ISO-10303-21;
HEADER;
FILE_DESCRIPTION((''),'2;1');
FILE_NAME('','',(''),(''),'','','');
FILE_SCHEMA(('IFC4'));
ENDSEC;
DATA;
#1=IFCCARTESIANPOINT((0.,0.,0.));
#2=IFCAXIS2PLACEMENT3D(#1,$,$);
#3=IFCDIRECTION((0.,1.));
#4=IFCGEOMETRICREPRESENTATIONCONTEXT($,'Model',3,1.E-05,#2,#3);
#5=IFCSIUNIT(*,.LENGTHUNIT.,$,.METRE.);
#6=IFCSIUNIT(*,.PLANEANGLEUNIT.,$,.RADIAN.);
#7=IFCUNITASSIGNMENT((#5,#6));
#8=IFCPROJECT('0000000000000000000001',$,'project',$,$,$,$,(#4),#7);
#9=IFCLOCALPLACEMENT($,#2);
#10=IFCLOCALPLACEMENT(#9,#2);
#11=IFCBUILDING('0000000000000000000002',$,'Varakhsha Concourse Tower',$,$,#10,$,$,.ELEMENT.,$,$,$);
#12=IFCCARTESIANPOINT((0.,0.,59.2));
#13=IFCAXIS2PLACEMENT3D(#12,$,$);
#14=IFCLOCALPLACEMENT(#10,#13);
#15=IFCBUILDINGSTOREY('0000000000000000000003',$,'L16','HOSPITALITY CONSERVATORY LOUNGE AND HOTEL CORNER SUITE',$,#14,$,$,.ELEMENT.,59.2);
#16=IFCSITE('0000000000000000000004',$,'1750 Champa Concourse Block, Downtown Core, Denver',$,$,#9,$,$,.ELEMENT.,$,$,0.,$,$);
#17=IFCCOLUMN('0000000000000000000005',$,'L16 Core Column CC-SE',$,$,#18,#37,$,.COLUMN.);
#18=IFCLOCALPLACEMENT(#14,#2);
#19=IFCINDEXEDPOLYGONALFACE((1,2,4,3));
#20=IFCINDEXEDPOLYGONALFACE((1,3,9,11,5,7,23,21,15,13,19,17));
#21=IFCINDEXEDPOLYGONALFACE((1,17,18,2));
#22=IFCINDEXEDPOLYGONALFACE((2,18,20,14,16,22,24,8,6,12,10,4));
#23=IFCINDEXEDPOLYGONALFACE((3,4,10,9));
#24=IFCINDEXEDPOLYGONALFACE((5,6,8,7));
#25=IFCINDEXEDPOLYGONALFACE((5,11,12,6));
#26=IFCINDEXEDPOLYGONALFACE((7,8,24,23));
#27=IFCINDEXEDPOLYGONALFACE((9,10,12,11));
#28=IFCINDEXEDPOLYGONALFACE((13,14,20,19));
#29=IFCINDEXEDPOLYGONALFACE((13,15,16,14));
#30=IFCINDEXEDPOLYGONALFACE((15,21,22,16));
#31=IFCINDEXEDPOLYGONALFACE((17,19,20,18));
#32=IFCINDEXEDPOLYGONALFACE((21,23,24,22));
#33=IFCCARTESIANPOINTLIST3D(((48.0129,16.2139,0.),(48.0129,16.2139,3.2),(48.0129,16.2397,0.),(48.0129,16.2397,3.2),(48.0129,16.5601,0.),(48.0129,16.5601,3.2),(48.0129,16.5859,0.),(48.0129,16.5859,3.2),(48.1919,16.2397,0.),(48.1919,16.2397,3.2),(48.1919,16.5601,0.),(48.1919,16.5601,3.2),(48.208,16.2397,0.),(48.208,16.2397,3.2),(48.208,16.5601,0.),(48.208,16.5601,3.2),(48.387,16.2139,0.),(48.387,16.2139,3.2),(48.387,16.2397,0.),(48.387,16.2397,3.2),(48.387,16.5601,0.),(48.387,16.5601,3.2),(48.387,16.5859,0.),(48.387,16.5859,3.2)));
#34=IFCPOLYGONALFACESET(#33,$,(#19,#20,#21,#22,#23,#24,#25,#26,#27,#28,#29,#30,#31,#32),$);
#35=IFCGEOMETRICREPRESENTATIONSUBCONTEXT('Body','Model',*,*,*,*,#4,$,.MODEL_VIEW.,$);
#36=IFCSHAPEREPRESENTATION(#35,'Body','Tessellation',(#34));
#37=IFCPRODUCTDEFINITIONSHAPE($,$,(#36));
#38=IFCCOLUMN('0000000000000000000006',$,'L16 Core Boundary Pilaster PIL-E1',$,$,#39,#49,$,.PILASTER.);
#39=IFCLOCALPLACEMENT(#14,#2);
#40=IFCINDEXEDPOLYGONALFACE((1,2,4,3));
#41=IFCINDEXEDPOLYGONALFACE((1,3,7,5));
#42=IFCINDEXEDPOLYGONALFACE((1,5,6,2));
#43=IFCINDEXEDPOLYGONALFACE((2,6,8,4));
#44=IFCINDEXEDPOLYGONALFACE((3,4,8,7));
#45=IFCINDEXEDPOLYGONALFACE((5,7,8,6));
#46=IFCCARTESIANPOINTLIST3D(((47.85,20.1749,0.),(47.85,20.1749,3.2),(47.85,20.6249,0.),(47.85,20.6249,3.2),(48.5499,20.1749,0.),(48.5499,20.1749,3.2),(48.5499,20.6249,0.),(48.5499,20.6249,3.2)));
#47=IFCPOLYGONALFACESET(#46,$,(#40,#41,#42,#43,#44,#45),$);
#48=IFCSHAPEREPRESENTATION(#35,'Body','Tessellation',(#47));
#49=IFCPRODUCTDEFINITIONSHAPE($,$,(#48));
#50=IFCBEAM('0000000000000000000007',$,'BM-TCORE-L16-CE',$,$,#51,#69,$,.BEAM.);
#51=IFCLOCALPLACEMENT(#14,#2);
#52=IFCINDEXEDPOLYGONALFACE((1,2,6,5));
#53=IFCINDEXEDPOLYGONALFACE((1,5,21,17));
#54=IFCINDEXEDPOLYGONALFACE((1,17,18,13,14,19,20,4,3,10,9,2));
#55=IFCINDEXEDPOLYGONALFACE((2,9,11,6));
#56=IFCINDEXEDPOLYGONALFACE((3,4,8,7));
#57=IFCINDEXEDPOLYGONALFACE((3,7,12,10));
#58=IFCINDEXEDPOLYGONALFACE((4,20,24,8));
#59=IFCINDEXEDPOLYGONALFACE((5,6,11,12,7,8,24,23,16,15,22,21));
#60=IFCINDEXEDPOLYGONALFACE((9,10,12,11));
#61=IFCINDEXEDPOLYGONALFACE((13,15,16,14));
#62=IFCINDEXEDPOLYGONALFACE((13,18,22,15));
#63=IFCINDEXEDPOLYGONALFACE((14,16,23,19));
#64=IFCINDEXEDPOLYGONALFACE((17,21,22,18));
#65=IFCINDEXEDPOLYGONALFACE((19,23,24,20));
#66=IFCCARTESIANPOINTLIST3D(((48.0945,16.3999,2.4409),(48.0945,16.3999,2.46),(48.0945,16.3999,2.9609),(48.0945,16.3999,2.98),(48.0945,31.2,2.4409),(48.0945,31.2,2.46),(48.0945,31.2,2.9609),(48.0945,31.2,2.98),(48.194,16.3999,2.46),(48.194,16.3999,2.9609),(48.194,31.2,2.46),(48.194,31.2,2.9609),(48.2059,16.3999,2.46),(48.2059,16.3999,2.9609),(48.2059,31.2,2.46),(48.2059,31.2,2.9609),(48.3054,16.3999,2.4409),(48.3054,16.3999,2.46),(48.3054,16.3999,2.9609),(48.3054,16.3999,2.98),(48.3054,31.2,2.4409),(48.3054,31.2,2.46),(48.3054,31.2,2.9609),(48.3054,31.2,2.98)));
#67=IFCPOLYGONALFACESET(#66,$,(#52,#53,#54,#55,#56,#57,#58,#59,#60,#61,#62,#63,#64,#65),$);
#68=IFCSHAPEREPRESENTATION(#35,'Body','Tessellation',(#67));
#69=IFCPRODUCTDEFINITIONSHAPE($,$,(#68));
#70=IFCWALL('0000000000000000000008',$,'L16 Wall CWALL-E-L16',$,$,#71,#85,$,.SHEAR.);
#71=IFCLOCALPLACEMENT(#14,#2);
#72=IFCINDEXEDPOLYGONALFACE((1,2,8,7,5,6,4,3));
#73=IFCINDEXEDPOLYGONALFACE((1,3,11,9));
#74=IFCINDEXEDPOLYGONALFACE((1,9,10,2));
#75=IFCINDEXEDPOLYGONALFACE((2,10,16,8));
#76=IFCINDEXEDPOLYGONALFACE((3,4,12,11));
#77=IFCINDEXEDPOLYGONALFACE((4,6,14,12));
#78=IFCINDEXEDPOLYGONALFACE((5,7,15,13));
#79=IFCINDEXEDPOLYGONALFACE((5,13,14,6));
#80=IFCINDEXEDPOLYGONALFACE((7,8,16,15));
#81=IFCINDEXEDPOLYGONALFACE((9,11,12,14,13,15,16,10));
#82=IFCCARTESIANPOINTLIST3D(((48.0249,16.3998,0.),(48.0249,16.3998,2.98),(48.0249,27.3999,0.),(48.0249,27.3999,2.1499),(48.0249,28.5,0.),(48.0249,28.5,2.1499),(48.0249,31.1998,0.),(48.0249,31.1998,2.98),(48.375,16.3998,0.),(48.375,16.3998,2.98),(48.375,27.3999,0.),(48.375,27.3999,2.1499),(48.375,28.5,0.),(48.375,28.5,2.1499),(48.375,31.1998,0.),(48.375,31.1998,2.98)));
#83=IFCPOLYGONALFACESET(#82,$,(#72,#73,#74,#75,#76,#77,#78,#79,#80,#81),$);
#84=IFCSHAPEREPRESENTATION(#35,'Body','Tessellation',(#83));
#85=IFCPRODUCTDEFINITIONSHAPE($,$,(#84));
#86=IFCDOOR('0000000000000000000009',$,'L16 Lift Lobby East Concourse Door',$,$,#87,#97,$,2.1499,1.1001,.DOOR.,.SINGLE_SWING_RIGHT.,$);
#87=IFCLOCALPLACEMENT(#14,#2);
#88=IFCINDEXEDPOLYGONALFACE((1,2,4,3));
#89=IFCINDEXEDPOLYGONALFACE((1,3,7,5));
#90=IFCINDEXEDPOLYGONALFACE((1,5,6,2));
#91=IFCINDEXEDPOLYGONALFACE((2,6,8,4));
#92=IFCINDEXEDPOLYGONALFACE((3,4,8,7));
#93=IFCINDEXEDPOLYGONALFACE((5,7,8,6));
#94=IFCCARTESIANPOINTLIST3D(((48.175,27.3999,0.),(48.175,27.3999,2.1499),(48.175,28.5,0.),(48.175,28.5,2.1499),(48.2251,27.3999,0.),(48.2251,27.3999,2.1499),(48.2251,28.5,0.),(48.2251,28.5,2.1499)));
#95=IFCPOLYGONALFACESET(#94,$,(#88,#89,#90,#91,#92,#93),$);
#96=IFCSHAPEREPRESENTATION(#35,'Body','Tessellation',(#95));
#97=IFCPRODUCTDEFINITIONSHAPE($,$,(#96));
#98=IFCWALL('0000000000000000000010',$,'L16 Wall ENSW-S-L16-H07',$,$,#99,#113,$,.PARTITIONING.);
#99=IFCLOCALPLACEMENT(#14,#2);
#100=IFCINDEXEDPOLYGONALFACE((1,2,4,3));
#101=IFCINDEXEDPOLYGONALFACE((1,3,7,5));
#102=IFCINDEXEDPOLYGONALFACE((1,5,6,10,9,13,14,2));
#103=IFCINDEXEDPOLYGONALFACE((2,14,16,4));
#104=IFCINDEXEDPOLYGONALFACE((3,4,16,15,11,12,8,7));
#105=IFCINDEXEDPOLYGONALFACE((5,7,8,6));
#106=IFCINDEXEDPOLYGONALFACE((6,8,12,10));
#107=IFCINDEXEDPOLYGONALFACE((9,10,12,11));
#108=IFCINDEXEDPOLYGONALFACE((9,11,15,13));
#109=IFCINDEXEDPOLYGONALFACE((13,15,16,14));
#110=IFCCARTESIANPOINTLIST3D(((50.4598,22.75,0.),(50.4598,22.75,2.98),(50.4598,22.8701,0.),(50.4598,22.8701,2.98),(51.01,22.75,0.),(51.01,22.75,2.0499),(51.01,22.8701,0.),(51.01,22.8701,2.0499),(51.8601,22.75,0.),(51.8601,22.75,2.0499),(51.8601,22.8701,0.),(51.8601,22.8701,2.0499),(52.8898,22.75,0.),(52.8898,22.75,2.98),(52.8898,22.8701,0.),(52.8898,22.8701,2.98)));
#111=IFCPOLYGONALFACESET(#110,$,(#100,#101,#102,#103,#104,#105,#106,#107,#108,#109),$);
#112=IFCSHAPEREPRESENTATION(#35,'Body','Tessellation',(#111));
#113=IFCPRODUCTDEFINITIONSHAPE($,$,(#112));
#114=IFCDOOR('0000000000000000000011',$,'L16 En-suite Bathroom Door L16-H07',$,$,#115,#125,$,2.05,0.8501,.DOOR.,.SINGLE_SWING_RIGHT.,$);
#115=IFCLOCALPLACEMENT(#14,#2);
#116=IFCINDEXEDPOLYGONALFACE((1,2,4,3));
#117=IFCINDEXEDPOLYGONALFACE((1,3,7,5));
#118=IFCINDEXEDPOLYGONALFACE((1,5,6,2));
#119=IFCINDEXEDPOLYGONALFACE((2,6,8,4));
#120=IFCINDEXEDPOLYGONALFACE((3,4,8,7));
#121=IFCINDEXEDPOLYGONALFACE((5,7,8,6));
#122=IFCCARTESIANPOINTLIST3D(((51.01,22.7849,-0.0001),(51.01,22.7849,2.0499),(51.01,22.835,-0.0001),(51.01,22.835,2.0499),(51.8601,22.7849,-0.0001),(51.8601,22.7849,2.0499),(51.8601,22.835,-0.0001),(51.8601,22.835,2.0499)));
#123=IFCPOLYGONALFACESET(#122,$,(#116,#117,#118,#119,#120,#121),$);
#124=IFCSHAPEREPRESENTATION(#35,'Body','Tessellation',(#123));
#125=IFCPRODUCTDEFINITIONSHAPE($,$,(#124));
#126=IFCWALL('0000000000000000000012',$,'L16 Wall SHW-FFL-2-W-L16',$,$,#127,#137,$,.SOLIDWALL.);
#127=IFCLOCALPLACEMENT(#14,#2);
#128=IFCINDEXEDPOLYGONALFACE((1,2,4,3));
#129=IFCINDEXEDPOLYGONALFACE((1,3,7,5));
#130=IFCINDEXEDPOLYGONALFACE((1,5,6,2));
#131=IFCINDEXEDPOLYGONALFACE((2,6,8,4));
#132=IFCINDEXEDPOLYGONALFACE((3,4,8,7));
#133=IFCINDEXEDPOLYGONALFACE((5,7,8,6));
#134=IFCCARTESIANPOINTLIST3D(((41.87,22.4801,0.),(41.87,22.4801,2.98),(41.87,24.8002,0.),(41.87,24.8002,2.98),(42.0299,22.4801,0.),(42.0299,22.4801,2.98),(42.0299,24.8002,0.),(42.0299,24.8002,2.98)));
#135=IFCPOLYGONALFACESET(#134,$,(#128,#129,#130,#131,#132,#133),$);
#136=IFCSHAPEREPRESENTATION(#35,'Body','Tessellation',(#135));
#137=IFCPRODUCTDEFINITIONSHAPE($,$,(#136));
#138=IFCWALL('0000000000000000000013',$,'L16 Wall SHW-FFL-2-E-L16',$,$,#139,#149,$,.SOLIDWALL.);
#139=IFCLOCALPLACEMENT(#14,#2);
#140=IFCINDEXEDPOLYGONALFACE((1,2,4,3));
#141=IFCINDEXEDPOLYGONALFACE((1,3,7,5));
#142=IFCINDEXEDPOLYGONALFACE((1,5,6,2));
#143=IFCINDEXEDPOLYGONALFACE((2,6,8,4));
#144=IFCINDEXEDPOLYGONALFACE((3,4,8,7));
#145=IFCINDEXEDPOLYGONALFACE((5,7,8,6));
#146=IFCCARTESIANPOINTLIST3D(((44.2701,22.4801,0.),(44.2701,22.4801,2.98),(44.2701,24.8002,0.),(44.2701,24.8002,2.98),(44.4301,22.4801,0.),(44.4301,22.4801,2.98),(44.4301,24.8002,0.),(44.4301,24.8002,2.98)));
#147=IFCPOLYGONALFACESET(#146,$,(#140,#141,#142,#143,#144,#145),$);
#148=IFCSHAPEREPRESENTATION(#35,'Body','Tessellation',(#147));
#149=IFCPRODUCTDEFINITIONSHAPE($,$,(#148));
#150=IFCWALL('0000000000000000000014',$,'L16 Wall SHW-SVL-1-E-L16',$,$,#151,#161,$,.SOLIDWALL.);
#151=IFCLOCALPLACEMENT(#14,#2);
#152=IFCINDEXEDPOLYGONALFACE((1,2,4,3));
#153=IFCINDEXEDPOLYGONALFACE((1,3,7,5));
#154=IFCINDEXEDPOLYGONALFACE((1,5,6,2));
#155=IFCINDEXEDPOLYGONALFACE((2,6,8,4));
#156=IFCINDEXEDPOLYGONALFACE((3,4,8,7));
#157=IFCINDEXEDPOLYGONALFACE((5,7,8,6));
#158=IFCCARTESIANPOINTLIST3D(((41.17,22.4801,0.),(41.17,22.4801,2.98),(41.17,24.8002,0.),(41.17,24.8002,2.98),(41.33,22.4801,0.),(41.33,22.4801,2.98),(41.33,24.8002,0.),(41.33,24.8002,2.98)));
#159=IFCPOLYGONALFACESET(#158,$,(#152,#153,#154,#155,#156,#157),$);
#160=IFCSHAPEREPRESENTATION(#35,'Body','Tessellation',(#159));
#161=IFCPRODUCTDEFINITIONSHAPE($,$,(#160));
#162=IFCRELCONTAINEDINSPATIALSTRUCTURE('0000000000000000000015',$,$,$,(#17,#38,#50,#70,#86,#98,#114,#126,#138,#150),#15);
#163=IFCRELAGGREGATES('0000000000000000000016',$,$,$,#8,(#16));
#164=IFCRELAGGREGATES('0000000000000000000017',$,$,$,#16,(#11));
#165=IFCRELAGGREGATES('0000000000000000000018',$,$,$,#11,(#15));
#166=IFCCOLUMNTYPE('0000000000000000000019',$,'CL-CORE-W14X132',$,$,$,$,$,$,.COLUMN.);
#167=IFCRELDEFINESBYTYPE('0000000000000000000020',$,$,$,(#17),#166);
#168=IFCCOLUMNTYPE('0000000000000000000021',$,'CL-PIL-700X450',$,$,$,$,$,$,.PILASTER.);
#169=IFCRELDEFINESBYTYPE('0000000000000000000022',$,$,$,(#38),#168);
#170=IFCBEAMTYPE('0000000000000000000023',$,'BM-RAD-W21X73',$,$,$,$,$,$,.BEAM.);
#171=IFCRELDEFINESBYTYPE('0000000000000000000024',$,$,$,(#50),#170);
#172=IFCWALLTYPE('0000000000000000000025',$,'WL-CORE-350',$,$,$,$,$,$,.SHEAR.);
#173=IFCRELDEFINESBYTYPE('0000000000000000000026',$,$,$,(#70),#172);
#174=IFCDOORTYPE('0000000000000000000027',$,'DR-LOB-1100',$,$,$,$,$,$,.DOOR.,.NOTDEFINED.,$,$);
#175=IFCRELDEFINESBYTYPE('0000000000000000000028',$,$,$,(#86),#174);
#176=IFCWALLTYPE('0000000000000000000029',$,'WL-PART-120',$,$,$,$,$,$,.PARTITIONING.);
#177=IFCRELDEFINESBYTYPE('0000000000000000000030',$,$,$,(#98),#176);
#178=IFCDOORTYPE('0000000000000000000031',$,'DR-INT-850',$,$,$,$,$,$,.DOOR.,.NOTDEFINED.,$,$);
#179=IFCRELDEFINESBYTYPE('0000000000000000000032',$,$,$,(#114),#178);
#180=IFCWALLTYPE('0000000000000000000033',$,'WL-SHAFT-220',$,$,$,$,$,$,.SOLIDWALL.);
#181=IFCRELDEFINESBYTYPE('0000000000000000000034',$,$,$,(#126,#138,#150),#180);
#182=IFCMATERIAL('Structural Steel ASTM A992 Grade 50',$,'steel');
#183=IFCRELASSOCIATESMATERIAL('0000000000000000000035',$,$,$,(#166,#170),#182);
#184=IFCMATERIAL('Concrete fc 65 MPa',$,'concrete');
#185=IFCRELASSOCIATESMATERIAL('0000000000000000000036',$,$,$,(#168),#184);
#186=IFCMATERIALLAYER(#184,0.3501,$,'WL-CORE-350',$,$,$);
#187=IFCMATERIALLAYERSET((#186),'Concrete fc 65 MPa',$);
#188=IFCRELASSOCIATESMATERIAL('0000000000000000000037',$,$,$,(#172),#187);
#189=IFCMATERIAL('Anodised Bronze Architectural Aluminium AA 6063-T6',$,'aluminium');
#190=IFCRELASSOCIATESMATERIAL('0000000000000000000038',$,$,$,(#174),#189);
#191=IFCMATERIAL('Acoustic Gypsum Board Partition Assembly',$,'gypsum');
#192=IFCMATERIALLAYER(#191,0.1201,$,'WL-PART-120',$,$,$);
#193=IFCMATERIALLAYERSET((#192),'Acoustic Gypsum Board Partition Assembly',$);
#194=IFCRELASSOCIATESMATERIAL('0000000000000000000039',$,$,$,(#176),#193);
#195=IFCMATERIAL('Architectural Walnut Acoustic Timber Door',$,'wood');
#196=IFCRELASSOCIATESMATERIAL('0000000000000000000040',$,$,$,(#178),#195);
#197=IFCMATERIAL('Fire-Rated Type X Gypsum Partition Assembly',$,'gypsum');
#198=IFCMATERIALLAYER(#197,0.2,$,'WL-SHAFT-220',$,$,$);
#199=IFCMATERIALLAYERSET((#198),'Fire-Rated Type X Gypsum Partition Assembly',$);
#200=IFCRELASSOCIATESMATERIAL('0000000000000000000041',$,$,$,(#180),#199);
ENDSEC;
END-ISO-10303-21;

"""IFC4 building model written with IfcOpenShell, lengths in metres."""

from ifc_helpers import new_model, si_unit, direction, frame, frame_2d, origin, origin_2d, place, context, subcontext, project, spatial, rectangle, i_section, extrude, material, layer, layer_set, material_profile, profile_set, type_object, element, fill, save


model = new_model("IFC4")

# Units and contexts
model_context = context("Model", 3, precision=1e-05, world=origin(), true_north=direction((0.0, 1.0)))
body_context = subcontext(model_context, "Body", "Model", "MODEL_VIEW")
ifc_project = project(units=[si_unit("LENGTHUNIT", "METRE"), si_unit("PLANEANGLEUNIT", "RADIAN")], contexts=[model_context])

# Site, building, storey
site_placement = place(None, origin())
site = spatial("IfcSite", under=ifc_project, at=site_placement, Name="1750 Champa Concourse Block, Downtown Core, Denver", CompositionType="ELEMENT", RefElevation=0.0)
building_placement = place(site_placement, origin())
building = spatial("IfcBuilding", under=site, at=building_placement, Name="Varakhsha Concourse Tower", CompositionType="ELEMENT")
storey_placement = place(building_placement, frame((0.0, 0.0, 59.2)))
storey = spatial("IfcBuildingStorey", under=building, at=storey_placement, Name="L16", Description="HOSPITALITY CONSERVATORY LOUNGE AND HOTEL CORNER SUITE", CompositionType="ELEMENT", Elevation=59.2)

# Columns
ifc_material_1 = material(Name="Structural Steel ASTM A992 Grade 50", Category="steel")
ifc_material_profile_1 = material_profile(ifc_material_1, i_section(OverallWidth=0.374, OverallDepth=0.3721, WebThickness=0.0161, FlangeThickness=0.0259, at=origin_2d()), Name="W14X132")
ifc_profile_set_1 = profile_set([ifc_material_profile_1], Name="Structural Steel ASTM A992 Grade 50")
column_type_1 = type_object("IfcColumnType", Name="CL-CORE-W14X132", PredefinedType="COLUMN", material=ifc_profile_set_1)
column_1_placement = place(storey_placement, frame((48.2, 16.3999, 0.0), z_axis=(0.0, 0.0, 1.0), x_axis=(1.0, 0.0, 0.0)))
element("IfcColumn", 1, at=column_1_placement, inside=storey, type_object=column_type_1, Name="L16 Core Column CC-SE", PredefinedType="COLUMN", context=body_context, shape_type="SweptSolid", body=[
    extrude(i_section(OverallWidth=0.374, OverallDepth=0.3721, WebThickness=0.0161, FlangeThickness=0.0259, at=origin_2d()), origin(), (0.0, 0.0, 1.0), 3.2),
])
ifc_material_2 = material(Name="Concrete fc 65 MPa", Category="concrete")
ifc_material_profile_2 = material_profile(ifc_material_2, rectangle(XDim=0.7, YDim=0.45, at=origin_2d()), Name="RC 700x450")
ifc_profile_set_2 = profile_set([ifc_material_profile_2], Name="Concrete fc 65 MPa")
column_type_2 = type_object("IfcColumnType", Name="CL-PIL-700X450", PredefinedType="PILASTER", material=ifc_profile_set_2)
column_2_placement = place(storey_placement, frame((48.2, 20.3999, 0.0), z_axis=(0.0, 0.0, 1.0), x_axis=(1.0, 0.0, 0.0)))
element("IfcColumn", 2, at=column_2_placement, inside=storey, type_object=column_type_2, Name="L16 Core Boundary Pilaster PIL-E1", PredefinedType="PILASTER", context=body_context, shape_type="SweptSolid", body=[
    extrude(rectangle(XDim=0.7, YDim=0.45, at=origin_2d()), origin(), (0.0, 0.0, 1.0), 3.2),
])

# Beam
ifc_material_profile_3 = material_profile(ifc_material_1, i_section(OverallWidth=0.2109, OverallDepth=0.5391, WebThickness=0.012, FlangeThickness=0.019, at=origin_2d()), Name="W21X73")
ifc_profile_set_3 = profile_set([ifc_material_profile_3], Name="Structural Steel ASTM A992 Grade 50")
beam_type = type_object("IfcBeamType", Name="BM-RAD-W21X73", PredefinedType="BEAM", material=ifc_profile_set_3)
beam_placement = place(storey_placement, frame((48.2, 16.3999, 2.7104), z_axis=(0.0, 1.0, 0.0), x_axis=(-1.0, 0.0, 0.0)))
element("IfcBeam", 3, at=beam_placement, inside=storey, type_object=beam_type, Name="BM-TCORE-L16-CE", PredefinedType="BEAM", context=body_context, shape_type="SweptSolid", body=[
    extrude(i_section(OverallWidth=0.2109, OverallDepth=0.5391, WebThickness=0.012, FlangeThickness=0.019, at=origin_2d()), origin(), (0.0, 0.0, 1.0), 14.8),
])

# Walls, openings, doors
ifc_layer_1 = layer(ifc_material_2, 0.3501, Name="WL-CORE-350")
ifc_layer_set_1 = layer_set([ifc_layer_1], Name="Concrete fc 65 MPa")
wall_type_1 = type_object("IfcWallType", Name="WL-CORE-350", PredefinedType="SHEAR", material=ifc_layer_set_1)
wall_1_placement = place(storey_placement, frame((48.2, 16.3999, 0.0), z_axis=(0.0, 0.0, 1.0), x_axis=(0.0, 1.0, 0.0)))
wall_1 = element("IfcWall", 4, at=wall_1_placement, inside=storey, type_object=wall_type_1, Name="L16 Wall CWALL-E-L16", PredefinedType="SHEAR", context=body_context, shape_type="SweptSolid", body=[
    extrude(rectangle(XDim=14.8, YDim=0.3501, at=frame_2d((7.3999, 0.0))), origin(), (0.0, 0.0, 1.0), 2.98),
])
opening_1_placement = place(wall_1_placement, frame((11.0, 0.0, 0.0)))
opening_1 = element("IfcOpeningElement", 5, at=opening_1_placement, cuts=wall_1, PredefinedType="OPENING", context=body_context, shape_type="SweptSolid", body=[
    extrude(rectangle(XDim=1.1001, YDim=2.1499, at=frame_2d((0.55, 1.075))), frame((0.0, 0.1851, 0.0), z_axis=(0.0, -1.0, 0.0), x_axis=(1.0, 0.0, 0.0)), (0.0, 0.0, 1.0), 0.3701),
])
ifc_material_3 = material(Name="Anodised Bronze Architectural Aluminium AA 6063-T6", Category="aluminium")
door_type_1 = type_object("IfcDoorType", Name="DR-LOB-1100", OperationType="NOTDEFINED", PredefinedType="DOOR", material=ifc_material_3)
door_1_placement = place(opening_1_placement, origin())
door_1 = element("IfcDoor", 6, at=door_1_placement, inside=storey, type_object=door_type_1, Name="L16 Lift Lobby East Concourse Door", OperationType="SINGLE_SWING_RIGHT", OverallHeight=2.1499, OverallWidth=1.1001, PredefinedType="DOOR", context=body_context, shape_type="SweptSolid", body=[
    extrude(rectangle(XDim=1.1001, YDim=2.1499, at=frame_2d((0.55, 1.075))), frame((0.0, 0.0249, 0.0), z_axis=(0.0, -1.0, 0.0), x_axis=(1.0, 0.0, 0.0)), (0.0, 0.0, 1.0), 0.05),
])
fill(opening_1, door_1)
ifc_material_4 = material(Name="Acoustic Gypsum Board Partition Assembly", Category="gypsum")
ifc_layer_2 = layer(ifc_material_4, 0.1201, Name="WL-PART-120")
ifc_layer_set_2 = layer_set([ifc_layer_2], Name="Acoustic Gypsum Board Partition Assembly")
wall_type_2 = type_object("IfcWallType", Name="WL-PART-120", PredefinedType="PARTITIONING", material=ifc_layer_set_2)
wall_2_placement = place(storey_placement, frame((50.46, 22.8101, 0.0), z_axis=(0.0, 0.0, 1.0), x_axis=(1.0, 0.0, 0.0)))
wall_2 = element("IfcWall", 7, at=wall_2_placement, inside=storey, type_object=wall_type_2, Name="L16 Wall ENSW-S-L16-H07", PredefinedType="PARTITIONING", context=body_context, shape_type="SweptSolid", body=[
    extrude(rectangle(XDim=2.4299, YDim=0.1201, at=frame_2d((1.2148, 0.0))), origin(), (0.0, 0.0, 1.0), 2.98),
])
opening_2_placement = place(wall_2_placement, frame((0.55, 0.0, 0.0)))
opening_2 = element("IfcOpeningElement", 8, at=opening_2_placement, cuts=wall_2, PredefinedType="OPENING", context=body_context, shape_type="SweptSolid", body=[
    extrude(rectangle(XDim=0.8501, YDim=2.05, at=frame_2d((0.425, 1.0249))), frame((0.0, 0.0701, 0.0), z_axis=(0.0, -1.0, 0.0), x_axis=(1.0, 0.0, 0.0)), (0.0, 0.0, 1.0), 0.1401),
])
ifc_material_5 = material(Name="Architectural Walnut Acoustic Timber Door", Category="wood")
door_type_2 = type_object("IfcDoorType", Name="DR-INT-850", OperationType="NOTDEFINED", PredefinedType="DOOR", material=ifc_material_5)
door_2_placement = place(opening_2_placement, origin())
door_2 = element("IfcDoor", 9, at=door_2_placement, inside=storey, type_object=door_type_2, Name="L16 En-suite Bathroom Door L16-H07", OperationType="SINGLE_SWING_RIGHT", OverallHeight=2.05, OverallWidth=0.8501, PredefinedType="DOOR", context=body_context, shape_type="SweptSolid", body=[
    extrude(rectangle(XDim=0.8501, YDim=2.05, at=frame_2d((0.425, 1.0249))), frame((0.0, 0.0249, 0.0), z_axis=(0.0, -1.0, 0.0), x_axis=(1.0, 0.0, 0.0)), (0.0, 0.0, 1.0), 0.05),
])
fill(opening_2, door_2)

# Walls
ifc_material_6 = material(Name="Fire-Rated Type X Gypsum Partition Assembly", Category="gypsum")
ifc_layer_3 = layer(ifc_material_6, 0.2, Name="WL-SHAFT-220")
ifc_layer_set_3 = layer_set([ifc_layer_3], Name="Fire-Rated Type X Gypsum Partition Assembly")
wall_type_3 = type_object("IfcWallType", Name="WL-SHAFT-220", PredefinedType="SOLIDWALL", material=ifc_layer_set_3)
for number, where, z_axis, x_axis, name in (
    (10, (41.95, 22.48, 0.0), (0.0, 0.0, 1.0), (0.0, 1.0, 0.0), "L16 Wall SHW-FFL-2-W-L16"),
    (11, (44.3501, 22.48, 0.0), (0.0, 0.0, 1.0), (0.0, 1.0, 0.0), "L16 Wall SHW-FFL-2-E-L16"),
    (12, (41.25, 22.48, 0.0), (0.0, 0.0, 1.0), (0.0, 1.0, 0.0), "L16 Wall SHW-SVL-1-E-L16"),
):
    element("IfcWall", number, at=place(storey_placement, frame(where, z_axis=z_axis, x_axis=x_axis)), inside=storey, type_object=wall_type_3, Name=name, PredefinedType="SOLIDWALL", context=body_context, shape_type="SweptSolid", body=[
        extrude(rectangle(XDim=2.3201, YDim=0.1599, at=frame_2d((1.1602, 0.0))), origin(), (0.0, 0.0, 1.0), 2.98),
    ])

save(model, "model.ifc")
